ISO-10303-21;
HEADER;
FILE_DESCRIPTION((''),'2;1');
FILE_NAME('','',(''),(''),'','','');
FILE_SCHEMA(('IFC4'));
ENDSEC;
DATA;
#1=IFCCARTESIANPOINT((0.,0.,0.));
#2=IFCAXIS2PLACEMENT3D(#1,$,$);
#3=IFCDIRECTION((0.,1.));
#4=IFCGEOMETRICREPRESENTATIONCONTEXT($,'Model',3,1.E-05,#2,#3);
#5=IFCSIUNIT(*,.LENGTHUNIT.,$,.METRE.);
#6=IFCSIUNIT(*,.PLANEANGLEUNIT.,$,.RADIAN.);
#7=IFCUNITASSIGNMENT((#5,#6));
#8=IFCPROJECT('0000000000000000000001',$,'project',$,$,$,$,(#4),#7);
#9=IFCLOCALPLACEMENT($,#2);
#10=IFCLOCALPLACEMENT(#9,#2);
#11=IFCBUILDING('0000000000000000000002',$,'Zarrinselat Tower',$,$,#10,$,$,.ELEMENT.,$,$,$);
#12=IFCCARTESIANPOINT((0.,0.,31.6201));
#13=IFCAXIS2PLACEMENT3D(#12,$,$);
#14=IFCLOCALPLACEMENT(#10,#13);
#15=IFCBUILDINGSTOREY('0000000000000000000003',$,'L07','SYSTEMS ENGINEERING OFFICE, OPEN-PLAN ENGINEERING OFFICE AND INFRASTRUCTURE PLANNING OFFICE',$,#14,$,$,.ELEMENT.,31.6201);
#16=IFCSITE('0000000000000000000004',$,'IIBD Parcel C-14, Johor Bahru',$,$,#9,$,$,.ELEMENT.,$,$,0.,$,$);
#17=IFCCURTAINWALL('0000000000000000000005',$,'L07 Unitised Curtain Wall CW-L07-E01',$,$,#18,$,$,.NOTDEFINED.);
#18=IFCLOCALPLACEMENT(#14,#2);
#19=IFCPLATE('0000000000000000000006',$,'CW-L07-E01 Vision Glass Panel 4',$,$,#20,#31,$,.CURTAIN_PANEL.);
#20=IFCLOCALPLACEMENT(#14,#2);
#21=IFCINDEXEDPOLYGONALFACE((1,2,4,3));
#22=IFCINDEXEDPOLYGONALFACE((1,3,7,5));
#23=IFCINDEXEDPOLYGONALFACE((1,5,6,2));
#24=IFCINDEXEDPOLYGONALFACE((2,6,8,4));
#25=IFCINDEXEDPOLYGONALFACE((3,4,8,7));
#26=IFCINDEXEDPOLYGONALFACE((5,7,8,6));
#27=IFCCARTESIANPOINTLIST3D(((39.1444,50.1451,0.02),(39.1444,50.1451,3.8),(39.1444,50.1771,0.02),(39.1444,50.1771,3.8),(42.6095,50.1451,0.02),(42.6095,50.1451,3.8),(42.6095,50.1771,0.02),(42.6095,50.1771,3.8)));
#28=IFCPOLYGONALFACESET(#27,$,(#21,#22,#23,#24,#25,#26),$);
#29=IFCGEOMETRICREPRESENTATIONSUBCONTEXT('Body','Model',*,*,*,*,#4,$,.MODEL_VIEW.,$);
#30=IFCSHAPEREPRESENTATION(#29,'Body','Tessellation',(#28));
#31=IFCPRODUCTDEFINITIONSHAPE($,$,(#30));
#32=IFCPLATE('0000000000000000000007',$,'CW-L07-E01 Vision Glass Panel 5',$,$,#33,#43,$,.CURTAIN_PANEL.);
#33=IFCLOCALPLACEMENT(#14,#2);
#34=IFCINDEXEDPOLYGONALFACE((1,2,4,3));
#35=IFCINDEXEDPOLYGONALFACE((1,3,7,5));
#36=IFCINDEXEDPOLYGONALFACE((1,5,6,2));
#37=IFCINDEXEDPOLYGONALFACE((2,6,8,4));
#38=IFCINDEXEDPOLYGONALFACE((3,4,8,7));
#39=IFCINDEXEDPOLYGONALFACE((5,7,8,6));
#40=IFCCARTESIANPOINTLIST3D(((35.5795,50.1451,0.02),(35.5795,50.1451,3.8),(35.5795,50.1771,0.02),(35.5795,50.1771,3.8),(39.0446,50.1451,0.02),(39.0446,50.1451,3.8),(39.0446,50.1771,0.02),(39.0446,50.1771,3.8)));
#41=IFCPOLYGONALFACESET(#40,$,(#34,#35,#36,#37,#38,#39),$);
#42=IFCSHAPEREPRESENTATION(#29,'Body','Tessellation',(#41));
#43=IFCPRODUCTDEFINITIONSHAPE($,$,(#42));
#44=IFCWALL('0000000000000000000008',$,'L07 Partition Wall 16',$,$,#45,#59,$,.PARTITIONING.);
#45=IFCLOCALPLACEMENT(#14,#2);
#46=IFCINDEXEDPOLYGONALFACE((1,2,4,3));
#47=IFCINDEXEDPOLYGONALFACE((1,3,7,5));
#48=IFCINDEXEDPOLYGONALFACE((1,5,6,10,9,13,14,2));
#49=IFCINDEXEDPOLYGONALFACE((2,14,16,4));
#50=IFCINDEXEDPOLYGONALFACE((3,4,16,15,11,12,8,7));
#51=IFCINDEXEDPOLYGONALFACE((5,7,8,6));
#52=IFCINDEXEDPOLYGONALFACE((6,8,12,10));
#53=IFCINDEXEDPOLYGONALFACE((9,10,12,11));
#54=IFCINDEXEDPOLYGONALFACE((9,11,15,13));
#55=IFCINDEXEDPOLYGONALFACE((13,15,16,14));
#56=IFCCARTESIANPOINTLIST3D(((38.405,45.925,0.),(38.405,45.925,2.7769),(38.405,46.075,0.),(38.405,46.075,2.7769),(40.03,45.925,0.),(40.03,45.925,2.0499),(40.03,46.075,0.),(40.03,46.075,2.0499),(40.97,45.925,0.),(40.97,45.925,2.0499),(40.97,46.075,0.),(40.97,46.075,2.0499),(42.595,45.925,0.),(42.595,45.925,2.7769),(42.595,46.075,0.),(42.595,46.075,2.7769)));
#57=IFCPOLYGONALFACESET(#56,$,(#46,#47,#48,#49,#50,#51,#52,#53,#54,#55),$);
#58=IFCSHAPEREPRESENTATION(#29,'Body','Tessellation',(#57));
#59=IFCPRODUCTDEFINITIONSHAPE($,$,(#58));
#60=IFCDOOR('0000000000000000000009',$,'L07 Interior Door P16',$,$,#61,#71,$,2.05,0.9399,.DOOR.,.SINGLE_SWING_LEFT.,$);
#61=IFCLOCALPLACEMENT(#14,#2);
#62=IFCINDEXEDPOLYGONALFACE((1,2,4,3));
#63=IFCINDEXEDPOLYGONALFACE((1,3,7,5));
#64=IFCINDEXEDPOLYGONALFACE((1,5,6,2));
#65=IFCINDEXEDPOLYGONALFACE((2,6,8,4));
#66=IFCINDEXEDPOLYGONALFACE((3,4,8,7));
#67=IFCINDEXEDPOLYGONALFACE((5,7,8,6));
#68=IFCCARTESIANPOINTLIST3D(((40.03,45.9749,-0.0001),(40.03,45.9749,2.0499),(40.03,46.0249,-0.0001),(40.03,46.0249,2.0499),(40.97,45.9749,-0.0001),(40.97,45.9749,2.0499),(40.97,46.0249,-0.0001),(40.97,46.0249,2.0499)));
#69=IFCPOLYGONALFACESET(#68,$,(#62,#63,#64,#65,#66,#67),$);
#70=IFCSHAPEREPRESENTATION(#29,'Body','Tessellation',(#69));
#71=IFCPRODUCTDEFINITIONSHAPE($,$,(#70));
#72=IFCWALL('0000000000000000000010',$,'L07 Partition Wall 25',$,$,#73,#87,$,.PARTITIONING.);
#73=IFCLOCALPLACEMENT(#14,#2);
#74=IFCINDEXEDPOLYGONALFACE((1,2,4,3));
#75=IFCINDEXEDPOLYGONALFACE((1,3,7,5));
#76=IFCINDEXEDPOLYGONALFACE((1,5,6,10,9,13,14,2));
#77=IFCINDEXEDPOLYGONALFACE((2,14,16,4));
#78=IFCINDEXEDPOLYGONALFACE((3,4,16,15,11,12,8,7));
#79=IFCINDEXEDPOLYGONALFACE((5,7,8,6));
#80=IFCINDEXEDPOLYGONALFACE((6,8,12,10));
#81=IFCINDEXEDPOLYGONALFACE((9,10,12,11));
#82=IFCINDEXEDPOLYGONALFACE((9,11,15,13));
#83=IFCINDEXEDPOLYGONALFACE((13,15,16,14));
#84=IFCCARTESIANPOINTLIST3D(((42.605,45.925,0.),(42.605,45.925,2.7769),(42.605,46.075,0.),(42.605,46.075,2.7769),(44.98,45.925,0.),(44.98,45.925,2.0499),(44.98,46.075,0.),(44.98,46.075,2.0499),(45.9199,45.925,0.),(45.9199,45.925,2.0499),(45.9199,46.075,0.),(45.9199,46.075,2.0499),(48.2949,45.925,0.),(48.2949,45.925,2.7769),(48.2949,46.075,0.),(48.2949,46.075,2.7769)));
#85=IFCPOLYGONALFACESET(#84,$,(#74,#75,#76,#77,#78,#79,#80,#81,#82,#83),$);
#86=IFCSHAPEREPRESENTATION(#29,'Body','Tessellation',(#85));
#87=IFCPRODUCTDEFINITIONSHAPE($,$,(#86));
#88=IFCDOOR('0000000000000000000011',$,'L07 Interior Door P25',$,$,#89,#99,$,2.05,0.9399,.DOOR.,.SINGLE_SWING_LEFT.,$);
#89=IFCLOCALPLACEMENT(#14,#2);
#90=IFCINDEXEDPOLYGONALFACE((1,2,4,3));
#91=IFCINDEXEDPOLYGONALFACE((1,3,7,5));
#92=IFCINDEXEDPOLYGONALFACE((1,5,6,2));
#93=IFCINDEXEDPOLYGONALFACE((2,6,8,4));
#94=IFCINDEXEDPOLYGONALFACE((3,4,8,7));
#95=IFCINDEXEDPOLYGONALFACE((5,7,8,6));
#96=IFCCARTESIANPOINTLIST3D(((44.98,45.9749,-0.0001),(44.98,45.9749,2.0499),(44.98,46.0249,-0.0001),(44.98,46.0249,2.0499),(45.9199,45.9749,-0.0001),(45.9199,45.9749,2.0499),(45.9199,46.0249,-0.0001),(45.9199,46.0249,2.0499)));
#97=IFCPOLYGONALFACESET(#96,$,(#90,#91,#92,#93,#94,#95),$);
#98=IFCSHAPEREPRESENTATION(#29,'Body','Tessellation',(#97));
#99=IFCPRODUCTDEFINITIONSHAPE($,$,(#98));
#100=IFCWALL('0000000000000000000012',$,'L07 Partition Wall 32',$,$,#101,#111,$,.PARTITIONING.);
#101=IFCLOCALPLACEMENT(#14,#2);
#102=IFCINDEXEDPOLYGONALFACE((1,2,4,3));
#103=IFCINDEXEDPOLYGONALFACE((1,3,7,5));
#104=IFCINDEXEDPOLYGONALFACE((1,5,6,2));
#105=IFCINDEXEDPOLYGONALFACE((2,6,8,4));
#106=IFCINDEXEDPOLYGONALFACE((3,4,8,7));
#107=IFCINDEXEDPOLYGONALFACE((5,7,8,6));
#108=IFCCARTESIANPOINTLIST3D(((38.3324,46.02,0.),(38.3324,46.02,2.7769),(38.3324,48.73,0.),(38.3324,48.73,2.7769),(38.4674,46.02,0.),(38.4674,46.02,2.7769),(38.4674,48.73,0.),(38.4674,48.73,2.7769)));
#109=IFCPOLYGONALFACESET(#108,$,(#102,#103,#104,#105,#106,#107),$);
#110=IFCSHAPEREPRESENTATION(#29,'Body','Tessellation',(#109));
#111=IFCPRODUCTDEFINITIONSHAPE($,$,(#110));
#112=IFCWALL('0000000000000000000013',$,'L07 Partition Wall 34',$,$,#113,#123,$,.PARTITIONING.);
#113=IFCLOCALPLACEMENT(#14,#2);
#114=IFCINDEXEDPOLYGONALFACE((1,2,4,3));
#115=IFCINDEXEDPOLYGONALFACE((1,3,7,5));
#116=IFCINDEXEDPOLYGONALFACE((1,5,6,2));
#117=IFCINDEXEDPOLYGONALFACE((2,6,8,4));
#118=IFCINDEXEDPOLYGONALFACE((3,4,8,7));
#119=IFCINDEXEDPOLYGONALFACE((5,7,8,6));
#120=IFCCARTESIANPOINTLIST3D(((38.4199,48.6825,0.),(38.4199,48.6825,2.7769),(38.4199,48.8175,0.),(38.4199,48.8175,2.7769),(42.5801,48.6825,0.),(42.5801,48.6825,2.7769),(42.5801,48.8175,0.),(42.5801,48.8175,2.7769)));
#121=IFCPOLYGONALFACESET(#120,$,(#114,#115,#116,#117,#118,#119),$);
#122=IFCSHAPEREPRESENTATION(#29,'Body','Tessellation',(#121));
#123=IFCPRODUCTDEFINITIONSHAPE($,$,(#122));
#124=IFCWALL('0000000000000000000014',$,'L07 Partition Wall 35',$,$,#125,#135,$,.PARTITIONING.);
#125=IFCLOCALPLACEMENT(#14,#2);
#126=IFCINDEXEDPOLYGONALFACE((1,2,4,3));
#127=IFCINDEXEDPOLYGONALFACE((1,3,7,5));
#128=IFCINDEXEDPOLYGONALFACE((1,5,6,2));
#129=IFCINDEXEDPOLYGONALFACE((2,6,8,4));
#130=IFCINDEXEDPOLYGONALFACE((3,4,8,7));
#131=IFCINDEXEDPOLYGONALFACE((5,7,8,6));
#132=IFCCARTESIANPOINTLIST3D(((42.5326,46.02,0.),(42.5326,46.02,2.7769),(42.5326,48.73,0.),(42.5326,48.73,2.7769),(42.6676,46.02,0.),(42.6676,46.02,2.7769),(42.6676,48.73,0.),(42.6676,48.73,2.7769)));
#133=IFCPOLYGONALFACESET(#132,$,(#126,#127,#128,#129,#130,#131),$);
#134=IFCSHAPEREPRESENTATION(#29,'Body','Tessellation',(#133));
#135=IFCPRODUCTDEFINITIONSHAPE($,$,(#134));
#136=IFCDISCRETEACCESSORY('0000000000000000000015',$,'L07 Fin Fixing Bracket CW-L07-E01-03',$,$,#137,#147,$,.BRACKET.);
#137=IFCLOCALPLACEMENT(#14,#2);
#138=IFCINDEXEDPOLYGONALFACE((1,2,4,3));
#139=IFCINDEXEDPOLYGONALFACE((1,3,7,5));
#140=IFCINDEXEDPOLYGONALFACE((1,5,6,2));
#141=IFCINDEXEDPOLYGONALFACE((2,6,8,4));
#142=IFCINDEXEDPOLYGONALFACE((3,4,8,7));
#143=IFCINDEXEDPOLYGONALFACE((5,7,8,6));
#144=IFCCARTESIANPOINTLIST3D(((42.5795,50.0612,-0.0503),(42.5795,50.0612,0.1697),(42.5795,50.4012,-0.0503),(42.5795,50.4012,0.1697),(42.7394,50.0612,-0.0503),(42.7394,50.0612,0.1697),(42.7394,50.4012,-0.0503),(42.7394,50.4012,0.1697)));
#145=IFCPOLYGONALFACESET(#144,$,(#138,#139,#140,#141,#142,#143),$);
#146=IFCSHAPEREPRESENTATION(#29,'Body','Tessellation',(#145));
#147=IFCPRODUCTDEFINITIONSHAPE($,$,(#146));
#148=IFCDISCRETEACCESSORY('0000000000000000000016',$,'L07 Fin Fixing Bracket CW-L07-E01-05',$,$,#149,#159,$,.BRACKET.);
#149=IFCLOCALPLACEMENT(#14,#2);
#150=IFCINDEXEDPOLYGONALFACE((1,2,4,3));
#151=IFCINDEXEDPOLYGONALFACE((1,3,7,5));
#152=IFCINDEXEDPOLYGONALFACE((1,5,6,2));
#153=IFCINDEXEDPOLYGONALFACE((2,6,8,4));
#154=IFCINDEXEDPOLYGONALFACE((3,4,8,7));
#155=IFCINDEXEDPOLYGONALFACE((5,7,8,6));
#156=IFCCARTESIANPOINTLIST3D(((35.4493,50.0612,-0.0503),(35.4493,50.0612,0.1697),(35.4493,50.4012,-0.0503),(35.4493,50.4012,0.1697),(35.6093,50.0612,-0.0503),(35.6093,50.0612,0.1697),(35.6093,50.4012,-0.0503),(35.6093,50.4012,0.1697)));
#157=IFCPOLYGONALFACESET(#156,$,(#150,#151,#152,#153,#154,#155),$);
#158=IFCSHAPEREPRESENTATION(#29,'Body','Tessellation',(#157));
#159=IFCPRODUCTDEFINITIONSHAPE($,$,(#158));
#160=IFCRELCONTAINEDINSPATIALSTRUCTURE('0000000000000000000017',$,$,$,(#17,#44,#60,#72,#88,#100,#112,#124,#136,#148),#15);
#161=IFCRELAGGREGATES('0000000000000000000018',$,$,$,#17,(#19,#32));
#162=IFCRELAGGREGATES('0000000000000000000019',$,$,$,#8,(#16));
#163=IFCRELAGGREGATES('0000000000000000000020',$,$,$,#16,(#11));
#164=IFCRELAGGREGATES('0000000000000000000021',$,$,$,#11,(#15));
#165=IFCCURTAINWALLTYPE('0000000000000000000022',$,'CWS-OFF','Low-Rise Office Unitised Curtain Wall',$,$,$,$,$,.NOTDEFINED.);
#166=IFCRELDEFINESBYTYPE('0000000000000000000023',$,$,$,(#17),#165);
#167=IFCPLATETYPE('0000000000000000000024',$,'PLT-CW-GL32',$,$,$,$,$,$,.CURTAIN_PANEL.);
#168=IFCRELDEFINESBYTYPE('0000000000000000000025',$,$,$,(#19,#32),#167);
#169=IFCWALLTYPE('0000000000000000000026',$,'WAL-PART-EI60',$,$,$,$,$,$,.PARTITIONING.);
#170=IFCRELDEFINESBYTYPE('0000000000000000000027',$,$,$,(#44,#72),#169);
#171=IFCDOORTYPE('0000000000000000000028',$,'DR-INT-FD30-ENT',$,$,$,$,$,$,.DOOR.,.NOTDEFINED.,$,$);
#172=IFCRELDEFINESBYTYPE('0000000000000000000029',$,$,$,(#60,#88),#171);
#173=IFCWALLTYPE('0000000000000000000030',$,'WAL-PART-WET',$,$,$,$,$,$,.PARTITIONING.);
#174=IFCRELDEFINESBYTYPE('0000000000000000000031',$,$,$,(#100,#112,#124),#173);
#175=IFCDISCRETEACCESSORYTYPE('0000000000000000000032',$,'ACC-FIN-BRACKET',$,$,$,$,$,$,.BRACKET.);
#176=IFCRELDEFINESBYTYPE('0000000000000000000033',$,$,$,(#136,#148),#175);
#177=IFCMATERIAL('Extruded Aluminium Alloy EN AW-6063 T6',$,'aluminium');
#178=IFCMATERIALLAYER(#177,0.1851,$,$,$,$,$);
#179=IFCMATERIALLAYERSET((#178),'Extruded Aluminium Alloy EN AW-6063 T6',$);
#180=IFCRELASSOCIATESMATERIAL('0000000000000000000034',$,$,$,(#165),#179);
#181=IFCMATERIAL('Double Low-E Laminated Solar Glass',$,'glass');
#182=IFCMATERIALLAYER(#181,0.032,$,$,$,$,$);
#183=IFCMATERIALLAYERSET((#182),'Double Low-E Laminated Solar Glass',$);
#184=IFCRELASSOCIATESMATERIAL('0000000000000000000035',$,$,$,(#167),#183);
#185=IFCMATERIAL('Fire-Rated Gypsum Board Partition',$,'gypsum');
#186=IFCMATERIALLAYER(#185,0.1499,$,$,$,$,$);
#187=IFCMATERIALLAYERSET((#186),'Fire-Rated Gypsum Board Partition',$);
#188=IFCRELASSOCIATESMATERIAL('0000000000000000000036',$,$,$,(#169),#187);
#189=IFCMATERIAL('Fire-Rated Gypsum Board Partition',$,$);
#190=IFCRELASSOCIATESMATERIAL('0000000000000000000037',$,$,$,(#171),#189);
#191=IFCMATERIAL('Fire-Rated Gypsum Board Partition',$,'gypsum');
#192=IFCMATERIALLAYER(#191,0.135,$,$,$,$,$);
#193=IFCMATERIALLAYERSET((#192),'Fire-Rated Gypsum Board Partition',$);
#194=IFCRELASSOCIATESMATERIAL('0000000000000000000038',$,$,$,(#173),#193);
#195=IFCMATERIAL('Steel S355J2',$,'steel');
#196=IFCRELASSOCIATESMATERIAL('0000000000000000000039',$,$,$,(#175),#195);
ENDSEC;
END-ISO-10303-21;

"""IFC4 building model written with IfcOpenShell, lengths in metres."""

from ifc_helpers import new_model, si_unit, direction, frame, frame_2d, origin, origin_2d, place, context, subcontext, project, spatial, rectangle, extrude, material, layer, layer_set, type_object, element, fill, aggregate, save


model = new_model("IFC4")

# Units and contexts
model_context = context("Model", 3, precision=1e-05, world=origin(), true_north=direction((0.0, 1.0)))
body_context = subcontext(model_context, "Body", "Model", "MODEL_VIEW")
ifc_project = project(units=[si_unit("LENGTHUNIT", "METRE"), si_unit("PLANEANGLEUNIT", "RADIAN")], contexts=[model_context])

# Site, building, storey
site_placement = place(None, origin())
site = spatial("IfcSite", under=ifc_project, at=site_placement, Name="IIBD Parcel C-14, Johor Bahru", CompositionType="ELEMENT", RefElevation=0.0)
building_placement = place(site_placement, origin())
building = spatial("IfcBuilding", under=site, at=building_placement, Name="Zarrinselat Tower", CompositionType="ELEMENT")
storey_placement = place(building_placement, frame((0.0, 0.0, 31.6201)))
storey = spatial("IfcBuildingStorey", under=building, at=storey_placement, Name="L07", Description="SYSTEMS ENGINEERING OFFICE, OPEN-PLAN ENGINEERING OFFICE AND INFRASTRUCTURE PLANNING OFFICE", CompositionType="ELEMENT", Elevation=31.6201)

# Curtain wall, plates
ifc_material_1 = material(Name="Extruded Aluminium Alloy EN AW-6063 T6", Category="aluminium")
ifc_layer_1 = layer(ifc_material_1, 0.1851)
ifc_layer_set_1 = layer_set([ifc_layer_1], Name="Extruded Aluminium Alloy EN AW-6063 T6")
curtain_wall_type = type_object("IfcCurtainWallType", Name="CWS-OFF", Description="Low-Rise Office Unitised Curtain Wall", PredefinedType="NOTDEFINED", material=ifc_layer_set_1)
curtain_wall_placement = place(storey_placement, origin())
curtain_wall = element("IfcCurtainWall", 1, at=curtain_wall_placement, inside=storey, type_object=curtain_wall_type, Name="L07 Unitised Curtain Wall CW-L07-E01", PredefinedType="NOTDEFINED")
ifc_material_2 = material(Name="Double Low-E Laminated Solar Glass", Category="glass")
ifc_layer_2 = layer(ifc_material_2, 0.032)
ifc_layer_set_2 = layer_set([ifc_layer_2], Name="Double Low-E Laminated Solar Glass")
plate_type = type_object("IfcPlateType", Name="PLT-CW-GL32", PredefinedType="CURTAIN_PANEL", material=ifc_layer_set_2)
plate_1_placement = place(storey_placement, frame((40.877, 50.1611, 0.02), z_axis=(0.0, 0.0, 1.0), x_axis=(-1.0, 0.0, 0.0)))
plate_1 = element("IfcPlate", 2, at=plate_1_placement, type_object=plate_type, Name="CW-L07-E01 Vision Glass Panel 4", PredefinedType="CURTAIN_PANEL", context=body_context, shape_type="SweptSolid", body=[
    extrude(rectangle(XDim=3.4651, YDim=0.032, at=origin_2d()), origin(), (0.0, 0.0, 1.0), 3.78),
])
plate_2_placement = place(storey_placement, frame((37.312, 50.1611, 0.02), z_axis=(0.0, 0.0, 1.0), x_axis=(-1.0, 0.0, 0.0)))
plate_2 = element("IfcPlate", 3, at=plate_2_placement, type_object=plate_type, Name="CW-L07-E01 Vision Glass Panel 5", PredefinedType="CURTAIN_PANEL", context=body_context, shape_type="SweptSolid", body=[
    extrude(rectangle(XDim=3.4651, YDim=0.032, at=origin_2d()), origin(), (0.0, 0.0, 1.0), 3.78),
])
aggregate(curtain_wall, [plate_1, plate_2])

# Walls, openings, doors
ifc_material_3 = material(Name="Fire-Rated Gypsum Board Partition", Category="gypsum")
ifc_layer_3 = layer(ifc_material_3, 0.1499)
ifc_layer_set_3 = layer_set([ifc_layer_3], Name="Fire-Rated Gypsum Board Partition")
wall_type_1 = type_object("IfcWallType", Name="WAL-PART-EI60", PredefinedType="PARTITIONING", material=ifc_layer_set_3)
wall_1_placement = place(storey_placement, frame((38.405, 46.0, 0.0), z_axis=(0.0, 0.0, 1.0), x_axis=(1.0, 0.0, 0.0)))
wall_1 = element("IfcWall", 4, at=wall_1_placement, inside=storey, type_object=wall_type_1, Name="L07 Partition Wall 16", PredefinedType="PARTITIONING", context=body_context, shape_type="SweptSolid", body=[
    extrude(rectangle(XDim=4.1899, YDim=0.1499, at=frame_2d((2.095, 0.0))), origin(), (0.0, 0.0, 1.0), 2.7769),
])
opening_1_placement = place(wall_1_placement, frame((1.625, 0.0, 0.0)))
opening_1 = element("IfcOpeningElement", 5, at=opening_1_placement, cuts=wall_1, PredefinedType="OPENING", context=body_context, shape_type="SweptSolid", body=[
    extrude(rectangle(XDim=0.9399, YDim=2.05, at=frame_2d((0.47, 1.0249))), frame((0.0, 0.085, 0.0), z_axis=(0.0, -1.0, 0.0), x_axis=(1.0, 0.0, 0.0)), (0.0, 0.0, 1.0), 0.1699),
])
ifc_material_4 = material(Name="Fire-Rated Gypsum Board Partition")
door_type = type_object("IfcDoorType", Name="DR-INT-FD30-ENT", OperationType="NOTDEFINED", PredefinedType="DOOR", material=ifc_material_4)
door_1_placement = place(opening_1_placement, origin())
door_1 = element("IfcDoor", 6, at=door_1_placement, inside=storey, type_object=door_type, Name="L07 Interior Door P16", OperationType="SINGLE_SWING_LEFT", OverallHeight=2.05, OverallWidth=0.9399, PredefinedType="DOOR", context=body_context, shape_type="SweptSolid", body=[
    extrude(rectangle(XDim=0.9399, YDim=2.05, at=frame_2d((0.47, 1.0249))), frame((0.0, 0.0249, 0.0), z_axis=(0.0, -1.0, 0.0), x_axis=(1.0, 0.0, 0.0)), (0.0, 0.0, 1.0), 0.05),
])
fill(opening_1, door_1)
wall_2_placement = place(storey_placement, frame((42.605, 46.0, 0.0), z_axis=(0.0, 0.0, 1.0), x_axis=(1.0, 0.0, 0.0)))
wall_2 = element("IfcWall", 7, at=wall_2_placement, inside=storey, type_object=wall_type_1, Name="L07 Partition Wall 25", PredefinedType="PARTITIONING", context=body_context, shape_type="SweptSolid", body=[
    extrude(rectangle(XDim=5.6899, YDim=0.1499, at=frame_2d((2.845, 0.0))), origin(), (0.0, 0.0, 1.0), 2.7769),
])
opening_2_placement = place(wall_2_placement, frame((2.375, 0.0, 0.0)))
opening_2 = element("IfcOpeningElement", 8, at=opening_2_placement, cuts=wall_2, PredefinedType="OPENING", context=body_context, shape_type="SweptSolid", body=[
    extrude(rectangle(XDim=0.9399, YDim=2.05, at=frame_2d((0.47, 1.0249))), frame((0.0, 0.085, 0.0), z_axis=(0.0, -1.0, 0.0), x_axis=(1.0, 0.0, 0.0)), (0.0, 0.0, 1.0), 0.1699),
])
door_2_placement = place(opening_2_placement, origin())
door_2 = element("IfcDoor", 9, at=door_2_placement, inside=storey, type_object=door_type, Name="L07 Interior Door P25", OperationType="SINGLE_SWING_LEFT", OverallHeight=2.05, OverallWidth=0.9399, PredefinedType="DOOR", context=body_context, shape_type="SweptSolid", body=[
    extrude(rectangle(XDim=0.9399, YDim=2.05, at=frame_2d((0.47, 1.0249))), frame((0.0, 0.0249, 0.0), z_axis=(0.0, -1.0, 0.0), x_axis=(1.0, 0.0, 0.0)), (0.0, 0.0, 1.0), 0.05),
])
fill(opening_2, door_2)

# Walls
ifc_material_5 = material(Name="Fire-Rated Gypsum Board Partition", Category="gypsum")
ifc_layer_4 = layer(ifc_material_5, 0.135)
ifc_layer_set_4 = layer_set([ifc_layer_4], Name="Fire-Rated Gypsum Board Partition")
wall_type_2 = type_object("IfcWallType", Name="WAL-PART-WET", PredefinedType="PARTITIONING", material=ifc_layer_set_4)
wall_3_placement = place(storey_placement, frame((38.3999, 46.02, 0.0), z_axis=(0.0, 0.0, 1.0), x_axis=(0.0, 1.0, 0.0)))
element("IfcWall", 10, at=wall_3_placement, inside=storey, type_object=wall_type_2, Name="L07 Partition Wall 32", PredefinedType="PARTITIONING", context=body_context, shape_type="SweptSolid", body=[
    extrude(rectangle(XDim=2.71, YDim=0.135, at=frame_2d((1.355, 0.0))), origin(), (0.0, 0.0, 1.0), 2.7769),
])
wall_4_placement = place(storey_placement, frame((38.4199, 48.75, 0.0), z_axis=(0.0, 0.0, 1.0), x_axis=(1.0, 0.0, 0.0)))
element("IfcWall", 11, at=wall_4_placement, inside=storey, type_object=wall_type_2, Name="L07 Partition Wall 34", PredefinedType="PARTITIONING", context=body_context, shape_type="SweptSolid", body=[
    extrude(rectangle(XDim=4.1602, YDim=0.135, at=frame_2d((2.0801, 0.0))), origin(), (0.0, 0.0, 1.0), 2.7769),
])
wall_5_placement = place(storey_placement, frame((42.6001, 46.02, 0.0), z_axis=(0.0, 0.0, 1.0), x_axis=(0.0, 1.0, 0.0)))
element("IfcWall", 12, at=wall_5_placement, inside=storey, type_object=wall_type_2, Name="L07 Partition Wall 35", PredefinedType="PARTITIONING", context=body_context, shape_type="SweptSolid", body=[
    extrude(rectangle(XDim=2.71, YDim=0.135, at=frame_2d((1.355, 0.0))), origin(), (0.0, 0.0, 1.0), 2.7769),
])

# Discrete accessories
ifc_material_6 = material(Name="Steel S355J2", Category="steel")
discrete_accessory_type = type_object("IfcDiscreteAccessoryType", Name="ACC-FIN-BRACKET", PredefinedType="BRACKET", material=ifc_material_6)
for number, where, z_axis, x_axis, name in (
    (13, (42.6594, 50.2312, -0.0503), (0.0, 0.0, 1.0), (0.0, 1.0, 0.0), "L07 Fin Fixing Bracket CW-L07-E01-03"),
    (14, (35.5293, 50.2312, -0.0503), (0.0, 0.0, 1.0), (0.0, 1.0, 0.0), "L07 Fin Fixing Bracket CW-L07-E01-05"),
):
    element("IfcDiscreteAccessory", number, at=place(storey_placement, frame(where, z_axis=z_axis, x_axis=x_axis)), inside=storey, type_object=discrete_accessory_type, Name=name, PredefinedType="BRACKET", context=body_context, shape_type="SweptSolid", body=[
        extrude(rectangle(XDim=0.3401, YDim=0.1599, at=origin_2d()), origin(), (0.0, 0.0, 1.0), 0.22),
    ])

save(model, "model.ifc")
